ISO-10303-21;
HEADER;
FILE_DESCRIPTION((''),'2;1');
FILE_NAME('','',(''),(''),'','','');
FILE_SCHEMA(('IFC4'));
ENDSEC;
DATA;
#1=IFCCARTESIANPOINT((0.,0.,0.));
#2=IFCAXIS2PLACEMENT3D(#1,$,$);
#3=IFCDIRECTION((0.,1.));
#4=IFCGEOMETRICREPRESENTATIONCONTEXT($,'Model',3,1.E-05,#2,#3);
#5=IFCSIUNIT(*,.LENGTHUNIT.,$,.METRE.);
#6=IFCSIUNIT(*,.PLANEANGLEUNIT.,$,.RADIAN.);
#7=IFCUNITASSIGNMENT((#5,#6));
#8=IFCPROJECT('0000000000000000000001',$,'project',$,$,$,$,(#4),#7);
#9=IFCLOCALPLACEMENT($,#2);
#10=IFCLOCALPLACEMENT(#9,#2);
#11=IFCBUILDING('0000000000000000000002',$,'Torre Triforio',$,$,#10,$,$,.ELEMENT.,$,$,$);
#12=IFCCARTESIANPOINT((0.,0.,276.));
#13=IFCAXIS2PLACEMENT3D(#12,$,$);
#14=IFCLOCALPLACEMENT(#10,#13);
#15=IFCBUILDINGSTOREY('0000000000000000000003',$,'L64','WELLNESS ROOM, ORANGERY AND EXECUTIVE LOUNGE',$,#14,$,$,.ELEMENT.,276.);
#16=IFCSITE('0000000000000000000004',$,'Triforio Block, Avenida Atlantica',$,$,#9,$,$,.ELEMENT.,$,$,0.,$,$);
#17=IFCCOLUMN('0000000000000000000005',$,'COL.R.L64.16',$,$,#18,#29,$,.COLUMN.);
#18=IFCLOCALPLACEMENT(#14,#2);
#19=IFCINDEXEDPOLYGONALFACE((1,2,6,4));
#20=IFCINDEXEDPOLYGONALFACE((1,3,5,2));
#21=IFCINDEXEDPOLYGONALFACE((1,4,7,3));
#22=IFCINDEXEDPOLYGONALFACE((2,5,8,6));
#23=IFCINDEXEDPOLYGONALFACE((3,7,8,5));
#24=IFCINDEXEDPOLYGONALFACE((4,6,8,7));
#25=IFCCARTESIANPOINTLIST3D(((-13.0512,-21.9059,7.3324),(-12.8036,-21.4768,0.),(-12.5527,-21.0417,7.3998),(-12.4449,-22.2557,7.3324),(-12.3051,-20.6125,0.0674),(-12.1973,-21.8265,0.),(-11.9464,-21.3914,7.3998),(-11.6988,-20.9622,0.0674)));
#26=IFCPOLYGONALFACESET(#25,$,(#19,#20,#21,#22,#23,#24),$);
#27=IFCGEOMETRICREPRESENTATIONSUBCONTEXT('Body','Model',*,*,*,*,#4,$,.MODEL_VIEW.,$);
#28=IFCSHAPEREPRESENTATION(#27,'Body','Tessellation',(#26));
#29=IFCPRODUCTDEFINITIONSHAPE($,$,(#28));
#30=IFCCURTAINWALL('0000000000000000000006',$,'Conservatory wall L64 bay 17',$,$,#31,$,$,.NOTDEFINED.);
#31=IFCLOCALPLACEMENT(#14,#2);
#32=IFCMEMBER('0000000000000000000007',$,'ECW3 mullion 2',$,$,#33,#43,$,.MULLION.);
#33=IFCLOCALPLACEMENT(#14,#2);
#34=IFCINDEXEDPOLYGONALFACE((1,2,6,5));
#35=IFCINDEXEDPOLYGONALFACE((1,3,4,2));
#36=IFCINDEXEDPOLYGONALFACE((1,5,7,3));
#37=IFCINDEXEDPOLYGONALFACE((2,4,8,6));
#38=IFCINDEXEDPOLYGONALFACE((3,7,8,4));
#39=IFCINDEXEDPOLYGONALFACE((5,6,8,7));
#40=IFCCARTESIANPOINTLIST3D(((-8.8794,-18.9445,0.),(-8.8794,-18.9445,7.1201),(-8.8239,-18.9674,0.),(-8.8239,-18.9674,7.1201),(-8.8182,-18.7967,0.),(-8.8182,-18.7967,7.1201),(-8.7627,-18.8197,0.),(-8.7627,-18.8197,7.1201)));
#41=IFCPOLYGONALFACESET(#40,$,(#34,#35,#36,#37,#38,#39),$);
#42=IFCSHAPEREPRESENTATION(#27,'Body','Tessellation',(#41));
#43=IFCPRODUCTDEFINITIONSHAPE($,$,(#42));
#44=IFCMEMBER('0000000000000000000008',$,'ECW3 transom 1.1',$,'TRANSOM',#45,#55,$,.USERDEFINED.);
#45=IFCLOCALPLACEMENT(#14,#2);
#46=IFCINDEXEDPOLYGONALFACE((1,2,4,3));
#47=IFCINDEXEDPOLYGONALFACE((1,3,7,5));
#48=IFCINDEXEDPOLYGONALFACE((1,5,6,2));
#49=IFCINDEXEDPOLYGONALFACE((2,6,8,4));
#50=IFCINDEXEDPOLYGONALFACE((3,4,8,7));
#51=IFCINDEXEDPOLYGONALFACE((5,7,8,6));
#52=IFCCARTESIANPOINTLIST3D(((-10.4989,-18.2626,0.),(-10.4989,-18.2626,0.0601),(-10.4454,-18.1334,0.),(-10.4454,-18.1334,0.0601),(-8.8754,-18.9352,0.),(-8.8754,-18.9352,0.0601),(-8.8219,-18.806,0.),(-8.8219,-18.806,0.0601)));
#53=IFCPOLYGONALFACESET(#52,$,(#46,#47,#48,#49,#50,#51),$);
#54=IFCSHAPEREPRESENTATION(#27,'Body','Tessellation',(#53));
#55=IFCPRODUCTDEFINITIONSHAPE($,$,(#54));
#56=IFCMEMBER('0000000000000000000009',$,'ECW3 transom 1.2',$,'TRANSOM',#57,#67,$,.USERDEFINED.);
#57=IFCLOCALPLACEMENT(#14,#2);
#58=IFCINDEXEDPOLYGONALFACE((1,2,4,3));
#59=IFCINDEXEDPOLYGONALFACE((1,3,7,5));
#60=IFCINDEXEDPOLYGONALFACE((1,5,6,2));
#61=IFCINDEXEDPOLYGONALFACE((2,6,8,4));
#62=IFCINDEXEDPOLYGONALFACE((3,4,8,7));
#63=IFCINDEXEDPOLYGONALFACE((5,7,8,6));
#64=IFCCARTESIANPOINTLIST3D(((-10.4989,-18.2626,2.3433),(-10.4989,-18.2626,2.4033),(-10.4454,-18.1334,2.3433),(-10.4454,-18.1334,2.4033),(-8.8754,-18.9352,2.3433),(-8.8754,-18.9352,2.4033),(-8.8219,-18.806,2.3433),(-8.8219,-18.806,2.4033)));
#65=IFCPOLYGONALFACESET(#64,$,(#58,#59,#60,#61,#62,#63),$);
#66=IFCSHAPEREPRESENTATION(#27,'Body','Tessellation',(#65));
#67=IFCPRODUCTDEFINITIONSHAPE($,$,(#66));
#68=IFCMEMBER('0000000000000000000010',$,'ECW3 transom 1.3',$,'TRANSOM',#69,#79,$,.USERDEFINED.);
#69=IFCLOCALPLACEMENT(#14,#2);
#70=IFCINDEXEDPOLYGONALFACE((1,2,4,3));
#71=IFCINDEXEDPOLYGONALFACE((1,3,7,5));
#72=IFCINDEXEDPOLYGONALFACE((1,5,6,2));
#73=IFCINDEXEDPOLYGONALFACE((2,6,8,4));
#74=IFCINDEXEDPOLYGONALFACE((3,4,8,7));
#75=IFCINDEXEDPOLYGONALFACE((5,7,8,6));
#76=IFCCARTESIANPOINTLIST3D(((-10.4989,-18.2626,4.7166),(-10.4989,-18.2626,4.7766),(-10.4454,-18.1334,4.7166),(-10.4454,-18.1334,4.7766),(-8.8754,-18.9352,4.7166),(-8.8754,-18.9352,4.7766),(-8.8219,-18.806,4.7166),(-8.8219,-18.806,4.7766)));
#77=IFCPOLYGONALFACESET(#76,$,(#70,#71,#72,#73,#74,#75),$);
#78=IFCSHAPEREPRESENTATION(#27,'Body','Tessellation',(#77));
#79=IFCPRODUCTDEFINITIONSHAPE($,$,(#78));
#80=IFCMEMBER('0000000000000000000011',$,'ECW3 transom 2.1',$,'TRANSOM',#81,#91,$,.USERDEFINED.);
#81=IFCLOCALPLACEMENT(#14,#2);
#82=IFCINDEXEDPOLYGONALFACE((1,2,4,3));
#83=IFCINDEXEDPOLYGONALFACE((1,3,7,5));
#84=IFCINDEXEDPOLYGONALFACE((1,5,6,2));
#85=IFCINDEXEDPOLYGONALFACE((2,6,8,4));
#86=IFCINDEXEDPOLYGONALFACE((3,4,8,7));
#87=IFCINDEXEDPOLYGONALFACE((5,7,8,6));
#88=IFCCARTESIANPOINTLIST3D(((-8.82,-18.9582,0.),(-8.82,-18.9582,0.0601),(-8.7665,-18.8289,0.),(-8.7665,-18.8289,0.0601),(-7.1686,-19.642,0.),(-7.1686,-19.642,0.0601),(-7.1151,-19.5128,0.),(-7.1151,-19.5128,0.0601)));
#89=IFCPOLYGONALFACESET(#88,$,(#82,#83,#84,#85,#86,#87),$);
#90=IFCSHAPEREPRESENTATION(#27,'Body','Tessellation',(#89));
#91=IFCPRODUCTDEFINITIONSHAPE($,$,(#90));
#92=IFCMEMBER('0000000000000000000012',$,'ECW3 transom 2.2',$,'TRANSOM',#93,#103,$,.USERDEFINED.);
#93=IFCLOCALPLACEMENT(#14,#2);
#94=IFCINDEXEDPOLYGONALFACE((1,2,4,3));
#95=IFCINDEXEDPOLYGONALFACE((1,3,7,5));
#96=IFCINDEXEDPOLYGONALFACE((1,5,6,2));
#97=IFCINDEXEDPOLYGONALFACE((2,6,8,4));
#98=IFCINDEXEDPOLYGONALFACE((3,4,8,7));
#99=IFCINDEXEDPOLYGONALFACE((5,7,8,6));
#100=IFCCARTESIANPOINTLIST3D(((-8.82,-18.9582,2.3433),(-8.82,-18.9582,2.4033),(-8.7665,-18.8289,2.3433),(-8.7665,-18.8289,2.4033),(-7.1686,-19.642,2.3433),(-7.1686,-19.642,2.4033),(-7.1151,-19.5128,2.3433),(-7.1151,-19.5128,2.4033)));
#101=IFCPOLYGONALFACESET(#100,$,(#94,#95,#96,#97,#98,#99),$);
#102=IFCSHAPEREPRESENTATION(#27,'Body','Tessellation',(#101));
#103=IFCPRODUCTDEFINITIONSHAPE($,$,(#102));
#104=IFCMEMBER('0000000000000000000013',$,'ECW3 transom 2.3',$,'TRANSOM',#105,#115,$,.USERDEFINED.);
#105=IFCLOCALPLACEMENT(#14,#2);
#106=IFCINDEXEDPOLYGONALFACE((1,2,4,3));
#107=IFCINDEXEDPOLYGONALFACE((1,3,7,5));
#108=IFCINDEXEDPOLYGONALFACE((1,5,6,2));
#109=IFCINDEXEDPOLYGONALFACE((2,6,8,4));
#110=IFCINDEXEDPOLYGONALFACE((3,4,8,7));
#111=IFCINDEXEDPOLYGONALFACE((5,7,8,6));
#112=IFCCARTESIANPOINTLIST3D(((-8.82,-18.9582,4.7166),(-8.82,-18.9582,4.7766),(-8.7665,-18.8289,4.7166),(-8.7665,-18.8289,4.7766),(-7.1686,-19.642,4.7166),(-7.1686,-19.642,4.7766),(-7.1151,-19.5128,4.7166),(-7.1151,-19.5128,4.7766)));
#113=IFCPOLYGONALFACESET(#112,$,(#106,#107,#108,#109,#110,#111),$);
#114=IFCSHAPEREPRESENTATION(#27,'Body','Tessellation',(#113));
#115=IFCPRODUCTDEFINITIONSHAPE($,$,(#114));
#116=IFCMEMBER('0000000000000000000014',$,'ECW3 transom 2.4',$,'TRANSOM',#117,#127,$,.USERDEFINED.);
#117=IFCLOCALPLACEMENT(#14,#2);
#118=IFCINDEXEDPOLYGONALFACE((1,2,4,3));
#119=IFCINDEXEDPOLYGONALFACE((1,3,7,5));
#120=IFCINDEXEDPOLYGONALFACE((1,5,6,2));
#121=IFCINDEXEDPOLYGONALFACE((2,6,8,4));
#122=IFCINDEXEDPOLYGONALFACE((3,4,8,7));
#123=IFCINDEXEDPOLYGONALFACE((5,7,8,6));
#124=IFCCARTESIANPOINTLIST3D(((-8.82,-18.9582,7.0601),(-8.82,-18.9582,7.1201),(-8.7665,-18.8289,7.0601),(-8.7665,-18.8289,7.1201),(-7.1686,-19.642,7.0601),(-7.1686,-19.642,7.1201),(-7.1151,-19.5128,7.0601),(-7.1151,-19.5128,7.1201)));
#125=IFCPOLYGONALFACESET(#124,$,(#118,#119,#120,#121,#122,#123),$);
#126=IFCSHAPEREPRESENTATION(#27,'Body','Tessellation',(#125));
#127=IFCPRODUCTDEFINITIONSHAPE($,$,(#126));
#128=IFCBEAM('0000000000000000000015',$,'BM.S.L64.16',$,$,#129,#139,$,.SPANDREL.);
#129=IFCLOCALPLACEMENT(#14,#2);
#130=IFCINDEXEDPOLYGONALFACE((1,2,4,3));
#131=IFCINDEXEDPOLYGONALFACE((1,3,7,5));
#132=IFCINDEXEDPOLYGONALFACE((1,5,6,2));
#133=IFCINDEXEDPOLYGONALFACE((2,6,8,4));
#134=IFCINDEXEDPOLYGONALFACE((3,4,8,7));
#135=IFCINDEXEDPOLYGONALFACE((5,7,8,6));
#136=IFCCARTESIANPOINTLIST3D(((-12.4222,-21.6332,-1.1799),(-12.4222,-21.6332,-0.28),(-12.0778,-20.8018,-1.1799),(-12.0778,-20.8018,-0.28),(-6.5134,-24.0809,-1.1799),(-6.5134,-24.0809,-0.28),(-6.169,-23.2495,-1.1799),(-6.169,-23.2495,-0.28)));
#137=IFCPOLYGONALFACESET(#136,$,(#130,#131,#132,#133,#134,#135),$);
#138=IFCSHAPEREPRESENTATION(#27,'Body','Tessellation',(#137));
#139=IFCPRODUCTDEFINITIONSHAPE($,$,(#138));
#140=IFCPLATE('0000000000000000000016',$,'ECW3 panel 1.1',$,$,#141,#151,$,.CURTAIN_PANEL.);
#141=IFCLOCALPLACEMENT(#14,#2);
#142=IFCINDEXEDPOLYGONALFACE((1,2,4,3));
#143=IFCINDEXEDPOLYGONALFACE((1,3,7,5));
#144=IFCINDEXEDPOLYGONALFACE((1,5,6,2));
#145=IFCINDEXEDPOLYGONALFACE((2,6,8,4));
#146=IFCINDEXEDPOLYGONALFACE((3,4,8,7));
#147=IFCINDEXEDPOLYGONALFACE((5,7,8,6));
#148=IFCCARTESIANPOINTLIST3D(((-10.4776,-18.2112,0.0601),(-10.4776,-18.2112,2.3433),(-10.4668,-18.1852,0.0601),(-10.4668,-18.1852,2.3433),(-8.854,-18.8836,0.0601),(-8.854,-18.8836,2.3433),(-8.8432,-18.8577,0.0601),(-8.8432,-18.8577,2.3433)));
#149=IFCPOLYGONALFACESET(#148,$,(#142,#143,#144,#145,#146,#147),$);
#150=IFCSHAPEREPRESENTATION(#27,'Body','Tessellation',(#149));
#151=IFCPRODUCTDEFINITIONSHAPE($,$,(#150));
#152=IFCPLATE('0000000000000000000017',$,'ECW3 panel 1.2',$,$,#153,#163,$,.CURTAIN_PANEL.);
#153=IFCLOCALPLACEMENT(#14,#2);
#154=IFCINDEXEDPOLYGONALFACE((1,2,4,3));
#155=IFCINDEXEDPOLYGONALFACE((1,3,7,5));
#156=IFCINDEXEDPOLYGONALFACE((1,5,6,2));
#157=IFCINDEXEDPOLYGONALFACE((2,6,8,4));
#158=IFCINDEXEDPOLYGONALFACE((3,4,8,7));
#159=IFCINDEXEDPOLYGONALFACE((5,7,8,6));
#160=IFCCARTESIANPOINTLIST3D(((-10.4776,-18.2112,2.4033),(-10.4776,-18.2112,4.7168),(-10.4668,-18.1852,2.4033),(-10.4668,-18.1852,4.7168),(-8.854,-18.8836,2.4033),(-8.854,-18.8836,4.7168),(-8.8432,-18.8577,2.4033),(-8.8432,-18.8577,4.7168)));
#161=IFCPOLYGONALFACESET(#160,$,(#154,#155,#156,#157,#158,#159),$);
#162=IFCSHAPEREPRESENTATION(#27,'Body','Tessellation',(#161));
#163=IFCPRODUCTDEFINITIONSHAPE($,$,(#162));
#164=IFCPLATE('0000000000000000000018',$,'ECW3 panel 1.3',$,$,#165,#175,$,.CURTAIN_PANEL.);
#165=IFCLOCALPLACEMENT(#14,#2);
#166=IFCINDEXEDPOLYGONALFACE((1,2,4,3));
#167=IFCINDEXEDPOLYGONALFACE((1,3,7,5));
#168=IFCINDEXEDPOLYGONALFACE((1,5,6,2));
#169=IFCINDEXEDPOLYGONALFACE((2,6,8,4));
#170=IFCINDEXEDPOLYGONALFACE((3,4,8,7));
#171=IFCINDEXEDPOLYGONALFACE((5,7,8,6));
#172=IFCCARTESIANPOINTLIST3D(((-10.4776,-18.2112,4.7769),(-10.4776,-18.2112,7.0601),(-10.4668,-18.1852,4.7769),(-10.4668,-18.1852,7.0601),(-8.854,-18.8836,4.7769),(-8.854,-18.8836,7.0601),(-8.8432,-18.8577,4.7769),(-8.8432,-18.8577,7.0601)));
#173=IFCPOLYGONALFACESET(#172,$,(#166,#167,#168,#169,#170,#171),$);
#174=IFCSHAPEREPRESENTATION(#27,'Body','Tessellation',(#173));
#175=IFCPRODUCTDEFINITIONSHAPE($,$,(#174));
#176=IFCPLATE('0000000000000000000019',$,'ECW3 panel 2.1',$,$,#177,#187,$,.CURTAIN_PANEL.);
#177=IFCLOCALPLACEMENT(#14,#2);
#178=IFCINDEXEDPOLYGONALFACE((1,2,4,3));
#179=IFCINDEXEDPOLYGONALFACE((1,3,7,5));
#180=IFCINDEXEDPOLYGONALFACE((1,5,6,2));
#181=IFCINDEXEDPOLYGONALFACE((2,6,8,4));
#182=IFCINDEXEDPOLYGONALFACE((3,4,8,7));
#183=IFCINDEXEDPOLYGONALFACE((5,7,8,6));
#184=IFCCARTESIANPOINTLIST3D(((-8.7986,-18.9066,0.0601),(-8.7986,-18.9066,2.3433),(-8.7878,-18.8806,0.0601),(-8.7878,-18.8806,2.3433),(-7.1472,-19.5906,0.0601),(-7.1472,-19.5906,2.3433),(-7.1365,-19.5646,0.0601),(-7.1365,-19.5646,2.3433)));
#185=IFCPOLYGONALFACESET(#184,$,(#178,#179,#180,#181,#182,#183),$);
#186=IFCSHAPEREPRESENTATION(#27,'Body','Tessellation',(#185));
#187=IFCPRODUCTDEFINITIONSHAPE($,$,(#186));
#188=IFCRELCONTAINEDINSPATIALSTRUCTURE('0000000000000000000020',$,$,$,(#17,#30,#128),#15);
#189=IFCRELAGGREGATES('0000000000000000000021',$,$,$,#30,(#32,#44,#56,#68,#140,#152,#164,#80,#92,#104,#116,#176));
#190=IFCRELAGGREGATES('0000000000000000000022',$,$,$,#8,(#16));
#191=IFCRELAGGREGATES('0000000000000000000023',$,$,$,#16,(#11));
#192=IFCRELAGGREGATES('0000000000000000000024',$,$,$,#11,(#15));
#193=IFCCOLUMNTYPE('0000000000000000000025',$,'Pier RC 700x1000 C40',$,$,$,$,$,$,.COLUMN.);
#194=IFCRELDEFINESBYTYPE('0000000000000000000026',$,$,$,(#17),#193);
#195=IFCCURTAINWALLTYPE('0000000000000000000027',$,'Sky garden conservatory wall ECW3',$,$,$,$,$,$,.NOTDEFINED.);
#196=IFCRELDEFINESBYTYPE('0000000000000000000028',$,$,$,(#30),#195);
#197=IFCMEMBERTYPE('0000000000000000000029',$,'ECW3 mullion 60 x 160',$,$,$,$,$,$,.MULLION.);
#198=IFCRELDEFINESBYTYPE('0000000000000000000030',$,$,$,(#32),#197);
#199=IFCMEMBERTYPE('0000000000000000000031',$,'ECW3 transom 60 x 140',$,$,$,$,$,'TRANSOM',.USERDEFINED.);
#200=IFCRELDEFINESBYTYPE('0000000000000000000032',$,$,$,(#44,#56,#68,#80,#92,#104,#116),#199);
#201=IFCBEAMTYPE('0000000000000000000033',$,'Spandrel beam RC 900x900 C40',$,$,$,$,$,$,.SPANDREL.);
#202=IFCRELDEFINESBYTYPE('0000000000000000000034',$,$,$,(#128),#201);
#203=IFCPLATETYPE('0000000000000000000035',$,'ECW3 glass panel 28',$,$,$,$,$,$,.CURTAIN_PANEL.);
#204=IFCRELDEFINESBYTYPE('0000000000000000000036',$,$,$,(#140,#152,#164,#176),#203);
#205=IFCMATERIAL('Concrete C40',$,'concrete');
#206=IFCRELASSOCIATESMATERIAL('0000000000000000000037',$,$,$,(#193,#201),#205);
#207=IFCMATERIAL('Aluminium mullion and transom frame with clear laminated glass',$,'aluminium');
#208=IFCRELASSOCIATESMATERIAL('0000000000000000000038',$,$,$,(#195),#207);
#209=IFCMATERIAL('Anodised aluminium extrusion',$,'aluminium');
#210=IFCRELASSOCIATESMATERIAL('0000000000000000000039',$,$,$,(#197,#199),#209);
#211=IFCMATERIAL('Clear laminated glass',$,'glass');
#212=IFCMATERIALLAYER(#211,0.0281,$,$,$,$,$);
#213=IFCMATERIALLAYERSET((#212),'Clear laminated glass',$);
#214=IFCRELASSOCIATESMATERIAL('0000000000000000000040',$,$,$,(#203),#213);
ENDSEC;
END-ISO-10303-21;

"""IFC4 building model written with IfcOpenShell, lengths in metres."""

from ifc_helpers import new_model, si_unit, direction, frame, origin, origin_2d, place, context, subcontext, project, spatial, rectangle, extrude, material, layer, layer_set, material_profile, profile_set, type_object, element, aggregate, save


model = new_model("IFC4")

# Units and contexts
model_context = context("Model", 3, precision=1e-05, world=origin(), true_north=direction((0.0, 1.0)))
body_context = subcontext(model_context, "Body", "Model", "MODEL_VIEW")
ifc_project = project(units=[si_unit("LENGTHUNIT", "METRE"), si_unit("PLANEANGLEUNIT", "RADIAN")], contexts=[model_context])

# Site, building, storey
site_placement = place(None, origin())
site = spatial("IfcSite", under=ifc_project, at=site_placement, Name="Triforio Block, Avenida Atlantica", CompositionType="ELEMENT", RefElevation=0.0)
building_placement = place(site_placement, origin())
building = spatial("IfcBuilding", under=site, at=building_placement, Name="Torre Triforio", CompositionType="ELEMENT")
storey_placement = place(building_placement, frame((0.0, 0.0, 276.0)))
storey = spatial("IfcBuildingStorey", under=building, at=storey_placement, Name="L64", Description="WELLNESS ROOM, ORANGERY AND EXECUTIVE LOUNGE", CompositionType="ELEMENT", Elevation=276.0)

# Column
ifc_material_1 = material(Name="Concrete C40", Category="concrete")
ifc_material_profile_1 = material_profile(ifc_material_1, rectangle(XDim=0.7, YDim=1.0, at=origin_2d()), Name="RC 700x1000")
ifc_profile_set_1 = profile_set([ifc_material_profile_1], Name="Concrete C40")
column_type = type_object("IfcColumnType", Name="Pier RC 700x1000 C40", PredefinedType="COLUMN", material=ifc_profile_set_1)
column_placement = place(storey_placement, frame((-12.2512, -21.2195, 0.0337), z_axis=(-0.033685, -0.0584, 0.997725), x_axis=(0.866235, -0.499637, 0.0)))
element("IfcColumn", 1, at=column_placement, inside=storey, type_object=column_type, Name="COL.R.L64.16", PredefinedType="COLUMN", context=body_context, shape_type="SweptSolid", body=[
    extrude(rectangle(XDim=0.7, YDim=1.0, at=origin_2d()), origin(), (0.0, 0.0, 1.0), 7.3491),
])

# Curtain wall, members
ifc_material_2 = material(Name="Aluminium mullion and transom frame with clear laminated glass", Category="aluminium")
curtain_wall_type = type_object("IfcCurtainWallType", Name="Sky garden conservatory wall ECW3", PredefinedType="NOTDEFINED", material=ifc_material_2)
curtain_wall_placement = place(storey_placement, origin())
curtain_wall = element("IfcCurtainWall", 2, at=curtain_wall_placement, inside=storey, type_object=curtain_wall_type, Name="Conservatory wall L64 bay 17", PredefinedType="NOTDEFINED")
ifc_material_3 = material(Name="Anodised aluminium extrusion", Category="aluminium")
ifc_material_profile_2 = material_profile(ifc_material_3, rectangle(XDim=0.1599, YDim=0.0601, at=origin_2d()), Name="ECW3 MULLION 60x160")
ifc_profile_set_2 = profile_set([ifc_material_profile_2], Name="Anodised aluminium extrusion")
member_type_1 = type_object("IfcMemberType", Name="ECW3 mullion 60 x 160", PredefinedType="MULLION", material=ifc_profile_set_2)
member_1_placement = place(storey_placement, frame((-8.821, -18.8821, 0.0), z_axis=(0.0, 0.0, 1.0), x_axis=(0.382675, 0.923883, 0.0)))
member_1 = element("IfcMember", 3, at=member_1_placement, type_object=member_type_1, Name="ECW3 mullion 2", PredefinedType="MULLION", context=body_context, shape_type="SweptSolid", body=[
    extrude(rectangle(XDim=0.1599, YDim=0.0601, at=origin_2d()), origin(), (0.0, 0.0, 1.0), 7.1201),
])
ifc_material_profile_3 = material_profile(ifc_material_3, rectangle(XDim=0.1399, YDim=0.0601, at=origin_2d()), Name="ECW3 TRANSOM 60x140")
ifc_profile_set_3 = profile_set([ifc_material_profile_3], Name="Anodised aluminium extrusion")
member_type_2 = type_object("IfcMemberType", Name="ECW3 transom 60 x 140", ElementType="TRANSOM", PredefinedType="USERDEFINED", material=ifc_profile_set_3)
member_2_placement = place(storey_placement, frame((-10.4722, -18.198, 0.03), z_axis=(0.923856, -0.38274, 0.0), x_axis=(0.38274, 0.923856, 0.0)))
member_2 = element("IfcMember", 4, at=member_2_placement, type_object=member_type_2, Name="ECW3 transom 1.1", ObjectType="TRANSOM", PredefinedType="USERDEFINED", context=body_context, shape_type="SweptSolid", body=[
    extrude(rectangle(XDim=0.1399, YDim=0.0601, at=origin_2d()), origin(), (0.0, 0.0, 1.0), 1.7573),
])
member_3_placement = place(storey_placement, frame((-10.4722, -18.198, 2.3733), z_axis=(0.923856, -0.38274, 0.0), x_axis=(0.38274, 0.923856, 0.0)))
member_3 = element("IfcMember", 5, at=member_3_placement, type_object=member_type_2, Name="ECW3 transom 1.2", ObjectType="TRANSOM", PredefinedType="USERDEFINED", context=body_context, shape_type="SweptSolid", body=[
    extrude(rectangle(XDim=0.1399, YDim=0.0601, at=origin_2d()), origin(), (0.0, 0.0, 1.0), 1.7573),
])
member_4_placement = place(storey_placement, frame((-10.4722, -18.198, 4.7466), z_axis=(0.923856, -0.38274, 0.0), x_axis=(0.38274, 0.923856, 0.0)))
member_4 = element("IfcMember", 6, at=member_4_placement, type_object=member_type_2, Name="ECW3 transom 1.3", ObjectType="TRANSOM", PredefinedType="USERDEFINED", context=body_context, shape_type="SweptSolid", body=[
    extrude(rectangle(XDim=0.1399, YDim=0.0601, at=origin_2d()), origin(), (0.0, 0.0, 1.0), 1.7573),
])
member_5_placement = place(storey_placement, frame((-8.7932, -18.8936, 0.03), z_axis=(0.923915, -0.382597, 0.0), x_axis=(0.382597, 0.923915, 0.0)))
member_5 = element("IfcMember", 7, at=member_5_placement, type_object=member_type_2, Name="ECW3 transom 2.1", ObjectType="TRANSOM", PredefinedType="USERDEFINED", context=body_context, shape_type="SweptSolid", body=[
    extrude(rectangle(XDim=0.1399, YDim=0.0601, at=origin_2d()), origin(), (0.0, 0.0, 1.0), 1.7874),
])
member_6_placement = place(storey_placement, frame((-8.7932, -18.8936, 2.3733), z_axis=(0.923915, -0.382597, 0.0), x_axis=(0.382597, 0.923915, 0.0)))
member_6 = element("IfcMember", 8, at=member_6_placement, type_object=member_type_2, Name="ECW3 transom 2.2", ObjectType="TRANSOM", PredefinedType="USERDEFINED", context=body_context, shape_type="SweptSolid", body=[
    extrude(rectangle(XDim=0.1399, YDim=0.0601, at=origin_2d()), origin(), (0.0, 0.0, 1.0), 1.7874),
])
member_7_placement = place(storey_placement, frame((-8.7932, -18.8936, 4.7466), z_axis=(0.923915, -0.382597, 0.0), x_axis=(0.382597, 0.923915, 0.0)))
member_7 = element("IfcMember", 9, at=member_7_placement, type_object=member_type_2, Name="ECW3 transom 2.3", ObjectType="TRANSOM", PredefinedType="USERDEFINED", context=body_context, shape_type="SweptSolid", body=[
    extrude(rectangle(XDim=0.1399, YDim=0.0601, at=origin_2d()), origin(), (0.0, 0.0, 1.0), 1.7874),
])
member_8_placement = place(storey_placement, frame((-8.7932, -18.8936, 7.0901), z_axis=(0.923915, -0.382597, 0.0), x_axis=(0.382597, 0.923915, 0.0)))
member_8 = element("IfcMember", 10, at=member_8_placement, type_object=member_type_2, Name="ECW3 transom 2.4", ObjectType="TRANSOM", PredefinedType="USERDEFINED", context=body_context, shape_type="SweptSolid", body=[
    extrude(rectangle(XDim=0.1399, YDim=0.0601, at=origin_2d()), origin(), (0.0, 0.0, 1.0), 1.7874),
])

# Beam
ifc_material_profile_4 = material_profile(ifc_material_1, rectangle(XDim=0.8999, YDim=0.8999, at=origin_2d()), Name="RC 900x900")
ifc_profile_set_4 = profile_set([ifc_material_profile_4], Name="Concrete C40")
beam_type = type_object("IfcBeamType", Name="Spandrel beam RC 900x900 C40", PredefinedType="SPANDREL", material=ifc_profile_set_4)
beam_placement = place(storey_placement, frame((-12.25, -21.2175, -0.73), z_axis=(0.923869, -0.382709, 0.0), x_axis=(0.382709, 0.923869, 0.0)))
element("IfcBeam", 11, at=beam_placement, inside=storey, type_object=beam_type, Name="BM.S.L64.16", PredefinedType="SPANDREL", context=body_context, shape_type="SweptSolid", body=[
    extrude(rectangle(XDim=0.8999, YDim=0.8999, at=origin_2d()), origin(), (0.0, 0.0, 1.0), 6.3958),
])

# Plates
ifc_material_4 = material(Name="Clear laminated glass", Category="glass")
ifc_layer_1 = layer(ifc_material_4, 0.0281)
ifc_layer_set_1 = layer_set([ifc_layer_1], Name="Clear laminated glass")
plate_type = type_object("IfcPlateType", Name="ECW3 glass panel 28", PredefinedType="CURTAIN_PANEL", material=ifc_layer_set_1)
plate_1_placement = place(storey_placement, frame((-9.6604, -18.5344, 0.0601), z_axis=(0.0, 0.0, 1.0), x_axis=(0.923883, -0.382675, 0.0)))
plate_1 = element("IfcPlate", 12, at=plate_1_placement, type_object=plate_type, Name="ECW3 panel 1.1", PredefinedType="CURTAIN_PANEL", context=body_context, shape_type="SweptSolid", body=[
    extrude(rectangle(XDim=1.7573, YDim=0.0281, at=origin_2d()), origin(), (0.0, 0.0, 1.0), 2.2832),
])
plate_2_placement = place(storey_placement, frame((-9.6604, -18.5344, 2.4033), z_axis=(0.0, 0.0, 1.0), x_axis=(0.923883, -0.382675, 0.0)))
plate_2 = element("IfcPlate", 13, at=plate_2_placement, type_object=plate_type, Name="ECW3 panel 1.2", PredefinedType="CURTAIN_PANEL", context=body_context, shape_type="SweptSolid", body=[
    extrude(rectangle(XDim=1.7573, YDim=0.0281, at=origin_2d()), origin(), (0.0, 0.0, 1.0), 2.3135),
])
plate_3_placement = place(storey_placement, frame((-9.6604, -18.5344, 4.7769), z_axis=(0.0, 0.0, 1.0), x_axis=(0.923883, -0.382675, 0.0)))
plate_3 = element("IfcPlate", 14, at=plate_3_placement, type_object=plate_type, Name="ECW3 panel 1.3", PredefinedType="CURTAIN_PANEL", context=body_context, shape_type="SweptSolid", body=[
    extrude(rectangle(XDim=1.7573, YDim=0.0281, at=origin_2d()), origin(), (0.0, 0.0, 1.0), 2.2832),
])
plate_4_placement = place(storey_placement, frame((-7.9675, -19.2356, 0.0601), z_axis=(0.0, 0.0, 1.0), x_axis=(0.923883, -0.382675, 0.0)))
plate_4 = element("IfcPlate", 15, at=plate_4_placement, type_object=plate_type, Name="ECW3 panel 2.1", PredefinedType="CURTAIN_PANEL", context=body_context, shape_type="SweptSolid", body=[
    extrude(rectangle(XDim=1.7874, YDim=0.0281, at=origin_2d()), origin(), (0.0, 0.0, 1.0), 2.2832),
])
aggregate(curtain_wall, [member_1, member_2, member_3, member_4, plate_1, plate_2, plate_3, member_5, member_6, member_7, member_8, plate_4])

save(model, "model.ifc")
